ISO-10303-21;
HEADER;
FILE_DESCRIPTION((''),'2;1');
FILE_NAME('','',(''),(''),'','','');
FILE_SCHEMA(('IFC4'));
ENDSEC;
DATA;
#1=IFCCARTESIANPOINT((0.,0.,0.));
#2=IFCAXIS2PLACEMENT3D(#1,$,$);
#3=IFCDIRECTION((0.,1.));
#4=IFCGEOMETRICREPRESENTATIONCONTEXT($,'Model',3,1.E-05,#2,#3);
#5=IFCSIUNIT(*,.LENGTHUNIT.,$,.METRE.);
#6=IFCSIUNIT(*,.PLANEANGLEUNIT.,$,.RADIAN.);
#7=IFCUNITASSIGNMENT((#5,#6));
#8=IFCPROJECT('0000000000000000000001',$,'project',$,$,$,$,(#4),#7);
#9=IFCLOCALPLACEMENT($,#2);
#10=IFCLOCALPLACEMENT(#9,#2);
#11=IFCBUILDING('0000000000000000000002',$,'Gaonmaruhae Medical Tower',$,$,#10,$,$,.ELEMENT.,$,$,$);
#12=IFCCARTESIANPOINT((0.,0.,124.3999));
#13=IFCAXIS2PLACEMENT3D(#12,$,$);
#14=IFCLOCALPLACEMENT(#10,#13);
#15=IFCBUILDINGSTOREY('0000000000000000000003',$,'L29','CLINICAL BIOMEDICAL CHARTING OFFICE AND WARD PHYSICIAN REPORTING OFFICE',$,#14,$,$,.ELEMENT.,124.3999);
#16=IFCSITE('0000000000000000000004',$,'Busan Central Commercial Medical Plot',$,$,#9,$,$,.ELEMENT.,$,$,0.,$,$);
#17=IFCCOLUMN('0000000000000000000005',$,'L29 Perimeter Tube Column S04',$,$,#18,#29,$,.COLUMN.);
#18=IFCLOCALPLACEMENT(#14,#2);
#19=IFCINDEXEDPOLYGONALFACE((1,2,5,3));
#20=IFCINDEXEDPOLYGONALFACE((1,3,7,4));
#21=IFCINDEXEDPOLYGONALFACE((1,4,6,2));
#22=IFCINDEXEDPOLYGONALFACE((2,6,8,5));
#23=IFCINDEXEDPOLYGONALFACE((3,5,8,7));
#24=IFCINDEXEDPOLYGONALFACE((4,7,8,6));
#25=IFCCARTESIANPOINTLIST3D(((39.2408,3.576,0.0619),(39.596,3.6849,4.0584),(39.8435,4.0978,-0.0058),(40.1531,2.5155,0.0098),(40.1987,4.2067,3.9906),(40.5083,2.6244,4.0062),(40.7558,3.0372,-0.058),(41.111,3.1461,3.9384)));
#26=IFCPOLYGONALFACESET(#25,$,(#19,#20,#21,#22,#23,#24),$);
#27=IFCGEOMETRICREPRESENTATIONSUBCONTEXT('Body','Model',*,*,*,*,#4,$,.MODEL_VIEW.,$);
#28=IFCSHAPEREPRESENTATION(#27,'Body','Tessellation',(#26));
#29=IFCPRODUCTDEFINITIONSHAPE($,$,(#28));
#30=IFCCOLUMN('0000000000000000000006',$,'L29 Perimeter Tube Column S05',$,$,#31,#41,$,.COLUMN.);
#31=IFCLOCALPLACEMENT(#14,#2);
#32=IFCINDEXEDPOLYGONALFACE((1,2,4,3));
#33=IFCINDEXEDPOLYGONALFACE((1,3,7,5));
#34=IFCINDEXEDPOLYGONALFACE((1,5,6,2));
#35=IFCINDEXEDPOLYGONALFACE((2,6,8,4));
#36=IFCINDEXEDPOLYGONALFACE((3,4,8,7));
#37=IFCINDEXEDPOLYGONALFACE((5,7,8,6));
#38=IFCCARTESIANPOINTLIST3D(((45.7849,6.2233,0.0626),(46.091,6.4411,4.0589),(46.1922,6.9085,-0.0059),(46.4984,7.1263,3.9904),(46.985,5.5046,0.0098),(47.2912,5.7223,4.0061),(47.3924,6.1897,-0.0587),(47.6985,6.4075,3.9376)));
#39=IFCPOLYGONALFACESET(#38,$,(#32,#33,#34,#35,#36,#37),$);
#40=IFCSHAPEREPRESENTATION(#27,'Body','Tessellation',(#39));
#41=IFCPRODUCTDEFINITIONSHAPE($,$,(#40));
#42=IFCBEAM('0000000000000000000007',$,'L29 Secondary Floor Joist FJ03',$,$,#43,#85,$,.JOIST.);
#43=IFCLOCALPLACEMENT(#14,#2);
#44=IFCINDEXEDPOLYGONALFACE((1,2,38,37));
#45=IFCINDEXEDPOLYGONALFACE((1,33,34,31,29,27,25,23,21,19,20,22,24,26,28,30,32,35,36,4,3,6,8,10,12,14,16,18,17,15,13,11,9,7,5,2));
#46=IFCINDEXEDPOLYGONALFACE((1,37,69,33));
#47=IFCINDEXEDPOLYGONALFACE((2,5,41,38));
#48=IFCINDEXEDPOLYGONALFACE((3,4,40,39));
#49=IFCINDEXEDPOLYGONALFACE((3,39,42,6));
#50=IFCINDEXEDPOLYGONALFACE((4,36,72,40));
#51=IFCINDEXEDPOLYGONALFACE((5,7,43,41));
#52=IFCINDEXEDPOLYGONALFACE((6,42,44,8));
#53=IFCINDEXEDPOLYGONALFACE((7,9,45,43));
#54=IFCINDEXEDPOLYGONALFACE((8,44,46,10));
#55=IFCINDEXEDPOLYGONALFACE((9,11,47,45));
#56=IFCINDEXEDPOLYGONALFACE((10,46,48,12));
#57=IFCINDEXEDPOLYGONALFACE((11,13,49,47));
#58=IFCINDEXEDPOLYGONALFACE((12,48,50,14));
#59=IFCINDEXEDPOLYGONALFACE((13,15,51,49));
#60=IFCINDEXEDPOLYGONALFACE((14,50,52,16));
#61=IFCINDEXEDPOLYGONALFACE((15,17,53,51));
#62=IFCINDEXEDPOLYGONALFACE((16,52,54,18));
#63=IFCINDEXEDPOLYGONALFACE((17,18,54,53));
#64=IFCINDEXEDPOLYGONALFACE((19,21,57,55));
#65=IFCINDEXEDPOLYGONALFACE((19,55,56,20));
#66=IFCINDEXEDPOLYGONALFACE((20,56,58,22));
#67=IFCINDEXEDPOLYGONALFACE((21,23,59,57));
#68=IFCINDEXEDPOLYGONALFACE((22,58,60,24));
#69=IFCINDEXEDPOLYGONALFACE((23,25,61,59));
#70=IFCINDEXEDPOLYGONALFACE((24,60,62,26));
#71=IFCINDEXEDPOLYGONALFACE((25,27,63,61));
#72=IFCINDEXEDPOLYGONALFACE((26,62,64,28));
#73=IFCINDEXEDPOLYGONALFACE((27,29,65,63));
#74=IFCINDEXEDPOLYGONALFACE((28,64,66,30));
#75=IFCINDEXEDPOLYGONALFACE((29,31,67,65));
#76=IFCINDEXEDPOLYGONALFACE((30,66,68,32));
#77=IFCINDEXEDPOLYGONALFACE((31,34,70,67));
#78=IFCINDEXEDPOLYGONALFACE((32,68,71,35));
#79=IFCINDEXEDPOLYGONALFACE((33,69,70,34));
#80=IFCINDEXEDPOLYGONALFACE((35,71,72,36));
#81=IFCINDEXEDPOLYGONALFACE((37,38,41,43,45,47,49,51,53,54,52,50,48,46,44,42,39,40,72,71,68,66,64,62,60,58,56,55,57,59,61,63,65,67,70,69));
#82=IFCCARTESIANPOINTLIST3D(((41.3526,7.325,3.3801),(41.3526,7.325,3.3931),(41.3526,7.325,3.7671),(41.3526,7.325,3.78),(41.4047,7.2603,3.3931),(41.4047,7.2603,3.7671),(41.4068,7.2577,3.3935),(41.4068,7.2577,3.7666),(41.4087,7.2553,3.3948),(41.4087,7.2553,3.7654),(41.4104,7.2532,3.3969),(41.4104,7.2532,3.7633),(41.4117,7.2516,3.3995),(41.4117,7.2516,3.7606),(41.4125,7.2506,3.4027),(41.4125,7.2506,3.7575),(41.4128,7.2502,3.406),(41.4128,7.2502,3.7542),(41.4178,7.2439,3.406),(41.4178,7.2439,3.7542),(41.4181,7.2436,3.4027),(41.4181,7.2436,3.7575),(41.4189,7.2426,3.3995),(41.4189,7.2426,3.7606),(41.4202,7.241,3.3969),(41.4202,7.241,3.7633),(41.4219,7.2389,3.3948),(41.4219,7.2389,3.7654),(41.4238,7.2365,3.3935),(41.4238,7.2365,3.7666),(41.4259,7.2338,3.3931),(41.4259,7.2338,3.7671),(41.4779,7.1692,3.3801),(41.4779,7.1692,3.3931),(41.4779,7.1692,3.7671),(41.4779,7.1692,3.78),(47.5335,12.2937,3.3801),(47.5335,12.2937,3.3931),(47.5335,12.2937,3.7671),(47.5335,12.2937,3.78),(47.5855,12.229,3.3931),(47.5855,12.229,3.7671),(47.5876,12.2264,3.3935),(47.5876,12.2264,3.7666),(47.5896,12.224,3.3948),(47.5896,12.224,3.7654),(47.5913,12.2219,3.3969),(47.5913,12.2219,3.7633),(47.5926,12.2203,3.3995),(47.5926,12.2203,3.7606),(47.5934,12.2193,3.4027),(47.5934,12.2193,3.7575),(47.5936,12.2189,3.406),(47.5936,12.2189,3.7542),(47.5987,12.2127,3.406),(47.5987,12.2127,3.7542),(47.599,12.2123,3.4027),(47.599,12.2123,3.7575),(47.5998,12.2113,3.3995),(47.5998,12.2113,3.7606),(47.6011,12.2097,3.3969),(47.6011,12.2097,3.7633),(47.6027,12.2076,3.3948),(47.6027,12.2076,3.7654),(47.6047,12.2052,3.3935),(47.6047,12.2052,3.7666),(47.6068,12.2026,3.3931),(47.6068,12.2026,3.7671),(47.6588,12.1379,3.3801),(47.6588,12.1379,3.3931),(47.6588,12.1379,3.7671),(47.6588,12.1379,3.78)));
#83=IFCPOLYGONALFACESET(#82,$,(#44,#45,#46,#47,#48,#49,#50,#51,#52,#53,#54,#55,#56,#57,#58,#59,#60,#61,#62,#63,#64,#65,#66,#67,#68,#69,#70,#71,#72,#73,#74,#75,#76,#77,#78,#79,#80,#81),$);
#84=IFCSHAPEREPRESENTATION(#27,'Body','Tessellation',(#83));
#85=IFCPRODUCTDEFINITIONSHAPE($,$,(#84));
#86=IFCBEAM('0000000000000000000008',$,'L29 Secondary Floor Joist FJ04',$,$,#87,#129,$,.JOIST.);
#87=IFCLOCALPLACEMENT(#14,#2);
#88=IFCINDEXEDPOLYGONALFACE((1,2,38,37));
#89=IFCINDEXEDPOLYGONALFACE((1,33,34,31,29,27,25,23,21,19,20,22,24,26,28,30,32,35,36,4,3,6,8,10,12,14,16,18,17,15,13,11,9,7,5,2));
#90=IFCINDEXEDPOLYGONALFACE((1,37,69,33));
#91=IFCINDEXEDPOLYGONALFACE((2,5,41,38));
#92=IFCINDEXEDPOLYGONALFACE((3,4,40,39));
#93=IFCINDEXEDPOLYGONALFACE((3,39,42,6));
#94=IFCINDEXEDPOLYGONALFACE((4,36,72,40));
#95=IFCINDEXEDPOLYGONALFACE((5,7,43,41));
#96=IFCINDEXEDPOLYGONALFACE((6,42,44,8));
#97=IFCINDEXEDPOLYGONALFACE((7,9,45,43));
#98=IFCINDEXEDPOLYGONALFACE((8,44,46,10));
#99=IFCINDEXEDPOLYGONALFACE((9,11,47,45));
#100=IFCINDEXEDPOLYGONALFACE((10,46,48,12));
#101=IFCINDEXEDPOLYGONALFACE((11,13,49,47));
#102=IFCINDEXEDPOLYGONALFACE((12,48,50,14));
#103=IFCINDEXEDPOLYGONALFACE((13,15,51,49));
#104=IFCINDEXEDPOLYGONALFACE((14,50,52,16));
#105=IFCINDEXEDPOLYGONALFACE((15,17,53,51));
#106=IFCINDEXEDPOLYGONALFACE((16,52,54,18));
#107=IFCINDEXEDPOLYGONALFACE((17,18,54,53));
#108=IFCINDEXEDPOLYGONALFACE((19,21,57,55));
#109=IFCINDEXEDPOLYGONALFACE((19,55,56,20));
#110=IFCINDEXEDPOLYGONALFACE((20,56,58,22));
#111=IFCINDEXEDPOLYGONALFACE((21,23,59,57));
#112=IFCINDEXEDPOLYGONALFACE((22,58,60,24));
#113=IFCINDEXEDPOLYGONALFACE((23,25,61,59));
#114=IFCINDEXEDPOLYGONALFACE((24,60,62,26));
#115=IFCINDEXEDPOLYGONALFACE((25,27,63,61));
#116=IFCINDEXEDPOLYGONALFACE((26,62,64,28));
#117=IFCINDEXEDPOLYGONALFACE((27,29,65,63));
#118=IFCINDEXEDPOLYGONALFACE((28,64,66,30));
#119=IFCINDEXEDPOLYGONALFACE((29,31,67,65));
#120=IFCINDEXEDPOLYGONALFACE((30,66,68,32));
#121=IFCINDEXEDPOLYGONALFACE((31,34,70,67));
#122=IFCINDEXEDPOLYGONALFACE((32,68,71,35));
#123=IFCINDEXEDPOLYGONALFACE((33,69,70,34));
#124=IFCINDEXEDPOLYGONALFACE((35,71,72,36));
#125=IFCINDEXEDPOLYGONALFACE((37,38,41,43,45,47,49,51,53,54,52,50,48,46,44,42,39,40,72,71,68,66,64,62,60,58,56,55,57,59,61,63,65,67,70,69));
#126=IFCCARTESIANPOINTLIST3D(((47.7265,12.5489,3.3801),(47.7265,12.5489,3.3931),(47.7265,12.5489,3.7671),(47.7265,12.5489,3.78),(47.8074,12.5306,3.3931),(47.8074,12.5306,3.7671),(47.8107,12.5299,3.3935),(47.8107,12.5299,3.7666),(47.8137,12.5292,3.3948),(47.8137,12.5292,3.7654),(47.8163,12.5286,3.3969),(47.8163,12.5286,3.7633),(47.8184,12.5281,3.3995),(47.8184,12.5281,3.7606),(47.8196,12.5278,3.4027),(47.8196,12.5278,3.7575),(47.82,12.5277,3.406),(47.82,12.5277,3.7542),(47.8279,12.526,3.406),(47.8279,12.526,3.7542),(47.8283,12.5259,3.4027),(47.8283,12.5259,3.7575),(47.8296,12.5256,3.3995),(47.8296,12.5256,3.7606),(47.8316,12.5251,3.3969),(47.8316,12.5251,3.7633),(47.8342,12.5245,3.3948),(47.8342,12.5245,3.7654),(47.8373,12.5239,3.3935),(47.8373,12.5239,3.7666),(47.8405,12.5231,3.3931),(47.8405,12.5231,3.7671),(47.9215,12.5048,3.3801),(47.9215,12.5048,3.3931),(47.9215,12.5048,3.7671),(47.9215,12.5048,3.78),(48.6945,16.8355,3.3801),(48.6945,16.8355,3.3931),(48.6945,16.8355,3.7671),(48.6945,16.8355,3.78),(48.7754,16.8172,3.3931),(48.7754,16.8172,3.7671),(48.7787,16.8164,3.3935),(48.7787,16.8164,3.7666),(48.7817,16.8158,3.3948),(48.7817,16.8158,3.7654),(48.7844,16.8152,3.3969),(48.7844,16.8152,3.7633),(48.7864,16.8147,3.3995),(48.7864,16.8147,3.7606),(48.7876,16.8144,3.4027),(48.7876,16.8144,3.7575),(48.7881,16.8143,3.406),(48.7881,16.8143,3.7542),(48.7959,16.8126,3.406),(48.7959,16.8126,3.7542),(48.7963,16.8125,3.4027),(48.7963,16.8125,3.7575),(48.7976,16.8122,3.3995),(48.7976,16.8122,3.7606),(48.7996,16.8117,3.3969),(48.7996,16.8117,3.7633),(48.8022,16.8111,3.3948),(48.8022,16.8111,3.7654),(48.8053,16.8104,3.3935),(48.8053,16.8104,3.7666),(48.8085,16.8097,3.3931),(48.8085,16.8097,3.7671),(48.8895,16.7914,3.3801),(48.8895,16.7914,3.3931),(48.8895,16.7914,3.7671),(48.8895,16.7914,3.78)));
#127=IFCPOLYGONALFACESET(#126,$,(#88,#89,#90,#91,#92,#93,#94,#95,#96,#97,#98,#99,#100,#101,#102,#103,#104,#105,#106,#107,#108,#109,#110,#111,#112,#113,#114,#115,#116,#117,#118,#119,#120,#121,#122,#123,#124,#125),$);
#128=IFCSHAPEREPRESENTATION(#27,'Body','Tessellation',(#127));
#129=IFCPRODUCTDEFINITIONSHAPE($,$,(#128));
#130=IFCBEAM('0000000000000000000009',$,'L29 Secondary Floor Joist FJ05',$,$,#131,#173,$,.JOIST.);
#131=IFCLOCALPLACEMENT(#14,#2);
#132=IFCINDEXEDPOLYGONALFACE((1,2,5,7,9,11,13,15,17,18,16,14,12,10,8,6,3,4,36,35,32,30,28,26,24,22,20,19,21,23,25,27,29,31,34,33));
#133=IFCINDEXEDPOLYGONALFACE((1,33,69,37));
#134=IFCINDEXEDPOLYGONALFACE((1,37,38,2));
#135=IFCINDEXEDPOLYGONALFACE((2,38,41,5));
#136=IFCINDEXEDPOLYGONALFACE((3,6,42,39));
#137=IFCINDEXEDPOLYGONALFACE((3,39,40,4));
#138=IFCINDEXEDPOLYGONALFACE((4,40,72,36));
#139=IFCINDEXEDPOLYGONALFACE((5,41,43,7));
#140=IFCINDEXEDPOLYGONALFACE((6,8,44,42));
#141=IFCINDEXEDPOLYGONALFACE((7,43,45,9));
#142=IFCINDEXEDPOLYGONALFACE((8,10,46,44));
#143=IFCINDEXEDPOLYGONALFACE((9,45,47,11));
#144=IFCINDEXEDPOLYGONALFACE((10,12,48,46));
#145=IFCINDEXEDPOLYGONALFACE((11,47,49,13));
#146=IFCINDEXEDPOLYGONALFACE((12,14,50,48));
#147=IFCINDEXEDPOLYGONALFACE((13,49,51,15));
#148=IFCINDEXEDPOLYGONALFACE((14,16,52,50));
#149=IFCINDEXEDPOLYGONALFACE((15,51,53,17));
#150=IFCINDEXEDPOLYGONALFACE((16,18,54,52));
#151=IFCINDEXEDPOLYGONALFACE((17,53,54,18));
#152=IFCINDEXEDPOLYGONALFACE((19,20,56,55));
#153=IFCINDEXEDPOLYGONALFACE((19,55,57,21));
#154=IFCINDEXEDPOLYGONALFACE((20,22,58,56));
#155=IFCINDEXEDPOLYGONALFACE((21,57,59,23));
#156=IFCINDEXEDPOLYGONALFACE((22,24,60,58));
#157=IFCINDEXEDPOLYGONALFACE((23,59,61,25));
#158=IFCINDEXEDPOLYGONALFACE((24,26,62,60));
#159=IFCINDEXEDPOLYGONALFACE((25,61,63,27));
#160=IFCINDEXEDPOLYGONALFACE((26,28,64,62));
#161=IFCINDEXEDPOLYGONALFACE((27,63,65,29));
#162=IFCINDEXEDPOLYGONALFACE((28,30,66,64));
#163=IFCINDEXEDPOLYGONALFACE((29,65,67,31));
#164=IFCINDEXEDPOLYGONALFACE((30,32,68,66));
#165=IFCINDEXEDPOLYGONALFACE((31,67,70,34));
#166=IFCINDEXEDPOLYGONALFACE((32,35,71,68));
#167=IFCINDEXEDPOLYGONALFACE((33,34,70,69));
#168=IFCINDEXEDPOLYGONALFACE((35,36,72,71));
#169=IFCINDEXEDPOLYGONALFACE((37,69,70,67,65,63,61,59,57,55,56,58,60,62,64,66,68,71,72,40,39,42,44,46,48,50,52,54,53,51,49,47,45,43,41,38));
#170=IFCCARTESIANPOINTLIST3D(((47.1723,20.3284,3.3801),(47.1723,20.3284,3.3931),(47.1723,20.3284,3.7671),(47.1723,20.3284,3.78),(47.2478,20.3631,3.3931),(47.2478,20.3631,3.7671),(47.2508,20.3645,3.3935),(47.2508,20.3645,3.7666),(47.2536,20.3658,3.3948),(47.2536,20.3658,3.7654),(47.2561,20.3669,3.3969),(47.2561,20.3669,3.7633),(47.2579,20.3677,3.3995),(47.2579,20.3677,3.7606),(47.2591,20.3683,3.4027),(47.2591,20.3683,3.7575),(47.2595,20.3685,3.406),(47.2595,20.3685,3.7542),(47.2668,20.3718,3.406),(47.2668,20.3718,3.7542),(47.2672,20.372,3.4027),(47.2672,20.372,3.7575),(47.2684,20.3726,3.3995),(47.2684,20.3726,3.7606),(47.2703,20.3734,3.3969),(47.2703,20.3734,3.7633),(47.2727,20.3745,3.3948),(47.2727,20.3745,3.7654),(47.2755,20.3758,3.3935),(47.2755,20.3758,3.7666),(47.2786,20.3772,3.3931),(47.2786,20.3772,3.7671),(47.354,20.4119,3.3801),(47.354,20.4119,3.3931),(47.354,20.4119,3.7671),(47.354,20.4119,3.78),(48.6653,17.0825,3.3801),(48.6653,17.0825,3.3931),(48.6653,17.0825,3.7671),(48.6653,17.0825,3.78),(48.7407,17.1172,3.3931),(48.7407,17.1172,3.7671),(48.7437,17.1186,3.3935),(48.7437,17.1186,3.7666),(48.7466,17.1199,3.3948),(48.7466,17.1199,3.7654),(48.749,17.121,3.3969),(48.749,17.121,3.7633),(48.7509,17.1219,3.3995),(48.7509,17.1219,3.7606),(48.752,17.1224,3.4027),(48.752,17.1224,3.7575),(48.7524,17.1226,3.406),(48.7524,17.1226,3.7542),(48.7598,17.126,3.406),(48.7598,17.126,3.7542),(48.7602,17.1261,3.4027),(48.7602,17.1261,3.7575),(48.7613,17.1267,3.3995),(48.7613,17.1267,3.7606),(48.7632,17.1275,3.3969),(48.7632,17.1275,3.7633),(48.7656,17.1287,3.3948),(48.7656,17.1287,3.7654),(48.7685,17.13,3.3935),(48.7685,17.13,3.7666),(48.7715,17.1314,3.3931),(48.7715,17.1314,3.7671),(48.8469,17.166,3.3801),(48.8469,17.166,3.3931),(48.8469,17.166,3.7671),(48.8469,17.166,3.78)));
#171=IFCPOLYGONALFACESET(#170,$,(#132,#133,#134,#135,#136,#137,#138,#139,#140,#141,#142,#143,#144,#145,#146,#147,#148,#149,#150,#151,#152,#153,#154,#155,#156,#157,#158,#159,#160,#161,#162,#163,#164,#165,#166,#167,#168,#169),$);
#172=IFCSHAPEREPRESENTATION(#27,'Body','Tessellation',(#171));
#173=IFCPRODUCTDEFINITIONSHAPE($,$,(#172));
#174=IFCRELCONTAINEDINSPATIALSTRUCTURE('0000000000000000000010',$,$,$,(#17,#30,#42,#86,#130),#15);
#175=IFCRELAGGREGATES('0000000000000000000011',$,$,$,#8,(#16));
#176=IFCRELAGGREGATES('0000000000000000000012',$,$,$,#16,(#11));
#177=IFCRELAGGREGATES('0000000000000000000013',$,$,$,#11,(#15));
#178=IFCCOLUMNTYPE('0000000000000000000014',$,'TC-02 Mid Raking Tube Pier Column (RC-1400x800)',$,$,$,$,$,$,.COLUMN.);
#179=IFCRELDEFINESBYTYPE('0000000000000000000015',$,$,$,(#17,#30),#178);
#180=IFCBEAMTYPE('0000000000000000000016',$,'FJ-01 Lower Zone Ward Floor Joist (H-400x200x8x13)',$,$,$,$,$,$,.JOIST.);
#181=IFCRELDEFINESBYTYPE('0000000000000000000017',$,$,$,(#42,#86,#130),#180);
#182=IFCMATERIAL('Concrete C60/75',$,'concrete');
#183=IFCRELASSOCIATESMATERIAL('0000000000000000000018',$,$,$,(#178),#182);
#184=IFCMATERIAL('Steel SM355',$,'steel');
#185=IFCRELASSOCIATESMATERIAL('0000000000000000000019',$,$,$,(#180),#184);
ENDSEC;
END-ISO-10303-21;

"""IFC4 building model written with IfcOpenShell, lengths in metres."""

from ifc_helpers import new_model, si_unit, direction, frame, origin, origin_2d, place, context, subcontext, project, spatial, rectangle, i_section, extrude, material, material_profile, profile_set, type_object, element, save


model = new_model("IFC4")

# Units and contexts
model_context = context("Model", 3, precision=1e-05, world=origin(), true_north=direction((0.0, 1.0)))
body_context = subcontext(model_context, "Body", "Model", "MODEL_VIEW")
ifc_project = project(units=[si_unit("LENGTHUNIT", "METRE"), si_unit("PLANEANGLEUNIT", "RADIAN")], contexts=[model_context])

# Site, building, storey
site_placement = place(None, origin())
site = spatial("IfcSite", under=ifc_project, at=site_placement, Name="Busan Central Commercial Medical Plot", CompositionType="ELEMENT", RefElevation=0.0)
building_placement = place(site_placement, origin())
building = spatial("IfcBuilding", under=site, at=building_placement, Name="Gaonmaruhae Medical Tower", CompositionType="ELEMENT")
storey_placement = place(building_placement, frame((0.0, 0.0, 124.3999)))
storey = spatial("IfcBuildingStorey", under=building, at=storey_placement, Name="L29", Description="CLINICAL BIOMEDICAL CHARTING OFFICE AND WARD PHYSICIAN REPORTING OFFICE", CompositionType="ELEMENT", Elevation=124.3999)

# Columns
ifc_material_1 = material(Name="Concrete C60/75", Category="concrete")
ifc_material_profile_1 = material_profile(ifc_material_1, rectangle(XDim=1.3999, YDim=0.8, at=origin_2d()), Name="RC-1400x800")
ifc_profile_set_1 = profile_set([ifc_material_profile_1], Name="Concrete C60/75")
column_type = type_object("IfcColumnType", Name="TC-02 Mid Raking Tube Pier Column (RC-1400x800)", PredefinedType="COLUMN", material=ifc_profile_set_1)
column_1_placement = place(storey_placement, frame((39.9983, 3.3066, 0.002), z_axis=(0.088506, 0.02713, 0.995706), x_axis=(-0.651659, 0.757595, 0.037282)))
element("IfcColumn", 1, at=column_1_placement, inside=storey, type_object=column_type, Name="L29 Perimeter Tube Column S04", PredefinedType="COLUMN", context=body_context, shape_type="SweptSolid", body=[
    extrude(rectangle(XDim=1.3999, YDim=0.8, at=origin_2d()), origin(), (0.0, 0.0, 1.0), 4.0137),
])
column_2_placement = place(storey_placement, frame((46.5886, 6.2065, 0.002), z_axis=(0.076272, 0.054254, 0.99561), x_axis=(-0.857297, 0.51344, 0.037697)))
element("IfcColumn", 2, at=column_2_placement, inside=storey, type_object=column_type, Name="L29 Perimeter Tube Column S05", PredefinedType="COLUMN", context=body_context, shape_type="SweptSolid", body=[
    extrude(rectangle(XDim=1.3999, YDim=0.8, at=origin_2d()), origin(), (0.0, 0.0, 1.0), 4.0139),
])

# Beams
ifc_material_2 = material(Name="Steel SM355", Category="steel")
ifc_material_profile_2 = material_profile(ifc_material_2, i_section(OverallWidth=0.2, OverallDepth=0.3999, WebThickness=0.0081, FlangeThickness=0.0129, FilletRadius=0.0129, at=origin_2d()), Name="H-400x200x8x13")
ifc_profile_set_2 = profile_set([ifc_material_profile_2], Name="Steel SM355")
beam_type_1 = type_object("IfcBeamType", Name="FJ-01 Lower Zone Ward Floor Joist (H-400x200x8x13)", PredefinedType="JOIST", material=ifc_profile_set_2)
beam_1_placement = place(storey_placement, frame((41.4153, 7.2471, 3.5801), z_axis=(0.779389, 0.62654, 0.0), x_axis=(-0.62654, 0.779389, 0.0)))
element("IfcBeam", 3, at=beam_1_placement, inside=storey, type_object=beam_type_1, Name="L29 Secondary Floor Joist FJ03", PredefinedType="JOIST", context=body_context, shape_type="SweptSolid", body=[
    extrude(i_section(OverallWidth=0.2, OverallDepth=0.3999, WebThickness=0.0081, FlangeThickness=0.0129, FilletRadius=0.0129, at=origin_2d()), origin(), (0.0, 0.0, 1.0), 7.9304),
])
beam_2_placement = place(storey_placement, frame((47.824, 12.5269, 3.5801), z_axis=(0.220276, 0.975438, 0.0), x_axis=(-0.975438, 0.220276, 0.0)))
element("IfcBeam", 4, at=beam_2_placement, inside=storey, type_object=beam_type_1, Name="L29 Secondary Floor Joist FJ04", PredefinedType="JOIST", context=body_context, shape_type="SweptSolid", body=[
    extrude(i_section(OverallWidth=0.2, OverallDepth=0.3999, WebThickness=0.0081, FlangeThickness=0.0129, FilletRadius=0.0129, at=origin_2d()), origin(), (0.0, 0.0, 1.0), 4.3945),
])
beam_3_placement = place(storey_placement, frame((48.7561, 17.1243, 3.5801), z_axis=(-0.417866, 0.908509, 0.0), x_axis=(-0.908509, -0.417866, 0.0)))
element("IfcBeam", 5, at=beam_3_placement, inside=storey, type_object=beam_type_1, Name="L29 Secondary Floor Joist FJ05", PredefinedType="JOIST", context=body_context, shape_type="SweptSolid", body=[
    extrude(i_section(OverallWidth=0.2, OverallDepth=0.3999, WebThickness=0.0081, FlangeThickness=0.0129, FilletRadius=0.0129, at=origin_2d()), origin(), (0.0, 0.0, 1.0), 3.5728),
])

save(model, "model.ifc")
